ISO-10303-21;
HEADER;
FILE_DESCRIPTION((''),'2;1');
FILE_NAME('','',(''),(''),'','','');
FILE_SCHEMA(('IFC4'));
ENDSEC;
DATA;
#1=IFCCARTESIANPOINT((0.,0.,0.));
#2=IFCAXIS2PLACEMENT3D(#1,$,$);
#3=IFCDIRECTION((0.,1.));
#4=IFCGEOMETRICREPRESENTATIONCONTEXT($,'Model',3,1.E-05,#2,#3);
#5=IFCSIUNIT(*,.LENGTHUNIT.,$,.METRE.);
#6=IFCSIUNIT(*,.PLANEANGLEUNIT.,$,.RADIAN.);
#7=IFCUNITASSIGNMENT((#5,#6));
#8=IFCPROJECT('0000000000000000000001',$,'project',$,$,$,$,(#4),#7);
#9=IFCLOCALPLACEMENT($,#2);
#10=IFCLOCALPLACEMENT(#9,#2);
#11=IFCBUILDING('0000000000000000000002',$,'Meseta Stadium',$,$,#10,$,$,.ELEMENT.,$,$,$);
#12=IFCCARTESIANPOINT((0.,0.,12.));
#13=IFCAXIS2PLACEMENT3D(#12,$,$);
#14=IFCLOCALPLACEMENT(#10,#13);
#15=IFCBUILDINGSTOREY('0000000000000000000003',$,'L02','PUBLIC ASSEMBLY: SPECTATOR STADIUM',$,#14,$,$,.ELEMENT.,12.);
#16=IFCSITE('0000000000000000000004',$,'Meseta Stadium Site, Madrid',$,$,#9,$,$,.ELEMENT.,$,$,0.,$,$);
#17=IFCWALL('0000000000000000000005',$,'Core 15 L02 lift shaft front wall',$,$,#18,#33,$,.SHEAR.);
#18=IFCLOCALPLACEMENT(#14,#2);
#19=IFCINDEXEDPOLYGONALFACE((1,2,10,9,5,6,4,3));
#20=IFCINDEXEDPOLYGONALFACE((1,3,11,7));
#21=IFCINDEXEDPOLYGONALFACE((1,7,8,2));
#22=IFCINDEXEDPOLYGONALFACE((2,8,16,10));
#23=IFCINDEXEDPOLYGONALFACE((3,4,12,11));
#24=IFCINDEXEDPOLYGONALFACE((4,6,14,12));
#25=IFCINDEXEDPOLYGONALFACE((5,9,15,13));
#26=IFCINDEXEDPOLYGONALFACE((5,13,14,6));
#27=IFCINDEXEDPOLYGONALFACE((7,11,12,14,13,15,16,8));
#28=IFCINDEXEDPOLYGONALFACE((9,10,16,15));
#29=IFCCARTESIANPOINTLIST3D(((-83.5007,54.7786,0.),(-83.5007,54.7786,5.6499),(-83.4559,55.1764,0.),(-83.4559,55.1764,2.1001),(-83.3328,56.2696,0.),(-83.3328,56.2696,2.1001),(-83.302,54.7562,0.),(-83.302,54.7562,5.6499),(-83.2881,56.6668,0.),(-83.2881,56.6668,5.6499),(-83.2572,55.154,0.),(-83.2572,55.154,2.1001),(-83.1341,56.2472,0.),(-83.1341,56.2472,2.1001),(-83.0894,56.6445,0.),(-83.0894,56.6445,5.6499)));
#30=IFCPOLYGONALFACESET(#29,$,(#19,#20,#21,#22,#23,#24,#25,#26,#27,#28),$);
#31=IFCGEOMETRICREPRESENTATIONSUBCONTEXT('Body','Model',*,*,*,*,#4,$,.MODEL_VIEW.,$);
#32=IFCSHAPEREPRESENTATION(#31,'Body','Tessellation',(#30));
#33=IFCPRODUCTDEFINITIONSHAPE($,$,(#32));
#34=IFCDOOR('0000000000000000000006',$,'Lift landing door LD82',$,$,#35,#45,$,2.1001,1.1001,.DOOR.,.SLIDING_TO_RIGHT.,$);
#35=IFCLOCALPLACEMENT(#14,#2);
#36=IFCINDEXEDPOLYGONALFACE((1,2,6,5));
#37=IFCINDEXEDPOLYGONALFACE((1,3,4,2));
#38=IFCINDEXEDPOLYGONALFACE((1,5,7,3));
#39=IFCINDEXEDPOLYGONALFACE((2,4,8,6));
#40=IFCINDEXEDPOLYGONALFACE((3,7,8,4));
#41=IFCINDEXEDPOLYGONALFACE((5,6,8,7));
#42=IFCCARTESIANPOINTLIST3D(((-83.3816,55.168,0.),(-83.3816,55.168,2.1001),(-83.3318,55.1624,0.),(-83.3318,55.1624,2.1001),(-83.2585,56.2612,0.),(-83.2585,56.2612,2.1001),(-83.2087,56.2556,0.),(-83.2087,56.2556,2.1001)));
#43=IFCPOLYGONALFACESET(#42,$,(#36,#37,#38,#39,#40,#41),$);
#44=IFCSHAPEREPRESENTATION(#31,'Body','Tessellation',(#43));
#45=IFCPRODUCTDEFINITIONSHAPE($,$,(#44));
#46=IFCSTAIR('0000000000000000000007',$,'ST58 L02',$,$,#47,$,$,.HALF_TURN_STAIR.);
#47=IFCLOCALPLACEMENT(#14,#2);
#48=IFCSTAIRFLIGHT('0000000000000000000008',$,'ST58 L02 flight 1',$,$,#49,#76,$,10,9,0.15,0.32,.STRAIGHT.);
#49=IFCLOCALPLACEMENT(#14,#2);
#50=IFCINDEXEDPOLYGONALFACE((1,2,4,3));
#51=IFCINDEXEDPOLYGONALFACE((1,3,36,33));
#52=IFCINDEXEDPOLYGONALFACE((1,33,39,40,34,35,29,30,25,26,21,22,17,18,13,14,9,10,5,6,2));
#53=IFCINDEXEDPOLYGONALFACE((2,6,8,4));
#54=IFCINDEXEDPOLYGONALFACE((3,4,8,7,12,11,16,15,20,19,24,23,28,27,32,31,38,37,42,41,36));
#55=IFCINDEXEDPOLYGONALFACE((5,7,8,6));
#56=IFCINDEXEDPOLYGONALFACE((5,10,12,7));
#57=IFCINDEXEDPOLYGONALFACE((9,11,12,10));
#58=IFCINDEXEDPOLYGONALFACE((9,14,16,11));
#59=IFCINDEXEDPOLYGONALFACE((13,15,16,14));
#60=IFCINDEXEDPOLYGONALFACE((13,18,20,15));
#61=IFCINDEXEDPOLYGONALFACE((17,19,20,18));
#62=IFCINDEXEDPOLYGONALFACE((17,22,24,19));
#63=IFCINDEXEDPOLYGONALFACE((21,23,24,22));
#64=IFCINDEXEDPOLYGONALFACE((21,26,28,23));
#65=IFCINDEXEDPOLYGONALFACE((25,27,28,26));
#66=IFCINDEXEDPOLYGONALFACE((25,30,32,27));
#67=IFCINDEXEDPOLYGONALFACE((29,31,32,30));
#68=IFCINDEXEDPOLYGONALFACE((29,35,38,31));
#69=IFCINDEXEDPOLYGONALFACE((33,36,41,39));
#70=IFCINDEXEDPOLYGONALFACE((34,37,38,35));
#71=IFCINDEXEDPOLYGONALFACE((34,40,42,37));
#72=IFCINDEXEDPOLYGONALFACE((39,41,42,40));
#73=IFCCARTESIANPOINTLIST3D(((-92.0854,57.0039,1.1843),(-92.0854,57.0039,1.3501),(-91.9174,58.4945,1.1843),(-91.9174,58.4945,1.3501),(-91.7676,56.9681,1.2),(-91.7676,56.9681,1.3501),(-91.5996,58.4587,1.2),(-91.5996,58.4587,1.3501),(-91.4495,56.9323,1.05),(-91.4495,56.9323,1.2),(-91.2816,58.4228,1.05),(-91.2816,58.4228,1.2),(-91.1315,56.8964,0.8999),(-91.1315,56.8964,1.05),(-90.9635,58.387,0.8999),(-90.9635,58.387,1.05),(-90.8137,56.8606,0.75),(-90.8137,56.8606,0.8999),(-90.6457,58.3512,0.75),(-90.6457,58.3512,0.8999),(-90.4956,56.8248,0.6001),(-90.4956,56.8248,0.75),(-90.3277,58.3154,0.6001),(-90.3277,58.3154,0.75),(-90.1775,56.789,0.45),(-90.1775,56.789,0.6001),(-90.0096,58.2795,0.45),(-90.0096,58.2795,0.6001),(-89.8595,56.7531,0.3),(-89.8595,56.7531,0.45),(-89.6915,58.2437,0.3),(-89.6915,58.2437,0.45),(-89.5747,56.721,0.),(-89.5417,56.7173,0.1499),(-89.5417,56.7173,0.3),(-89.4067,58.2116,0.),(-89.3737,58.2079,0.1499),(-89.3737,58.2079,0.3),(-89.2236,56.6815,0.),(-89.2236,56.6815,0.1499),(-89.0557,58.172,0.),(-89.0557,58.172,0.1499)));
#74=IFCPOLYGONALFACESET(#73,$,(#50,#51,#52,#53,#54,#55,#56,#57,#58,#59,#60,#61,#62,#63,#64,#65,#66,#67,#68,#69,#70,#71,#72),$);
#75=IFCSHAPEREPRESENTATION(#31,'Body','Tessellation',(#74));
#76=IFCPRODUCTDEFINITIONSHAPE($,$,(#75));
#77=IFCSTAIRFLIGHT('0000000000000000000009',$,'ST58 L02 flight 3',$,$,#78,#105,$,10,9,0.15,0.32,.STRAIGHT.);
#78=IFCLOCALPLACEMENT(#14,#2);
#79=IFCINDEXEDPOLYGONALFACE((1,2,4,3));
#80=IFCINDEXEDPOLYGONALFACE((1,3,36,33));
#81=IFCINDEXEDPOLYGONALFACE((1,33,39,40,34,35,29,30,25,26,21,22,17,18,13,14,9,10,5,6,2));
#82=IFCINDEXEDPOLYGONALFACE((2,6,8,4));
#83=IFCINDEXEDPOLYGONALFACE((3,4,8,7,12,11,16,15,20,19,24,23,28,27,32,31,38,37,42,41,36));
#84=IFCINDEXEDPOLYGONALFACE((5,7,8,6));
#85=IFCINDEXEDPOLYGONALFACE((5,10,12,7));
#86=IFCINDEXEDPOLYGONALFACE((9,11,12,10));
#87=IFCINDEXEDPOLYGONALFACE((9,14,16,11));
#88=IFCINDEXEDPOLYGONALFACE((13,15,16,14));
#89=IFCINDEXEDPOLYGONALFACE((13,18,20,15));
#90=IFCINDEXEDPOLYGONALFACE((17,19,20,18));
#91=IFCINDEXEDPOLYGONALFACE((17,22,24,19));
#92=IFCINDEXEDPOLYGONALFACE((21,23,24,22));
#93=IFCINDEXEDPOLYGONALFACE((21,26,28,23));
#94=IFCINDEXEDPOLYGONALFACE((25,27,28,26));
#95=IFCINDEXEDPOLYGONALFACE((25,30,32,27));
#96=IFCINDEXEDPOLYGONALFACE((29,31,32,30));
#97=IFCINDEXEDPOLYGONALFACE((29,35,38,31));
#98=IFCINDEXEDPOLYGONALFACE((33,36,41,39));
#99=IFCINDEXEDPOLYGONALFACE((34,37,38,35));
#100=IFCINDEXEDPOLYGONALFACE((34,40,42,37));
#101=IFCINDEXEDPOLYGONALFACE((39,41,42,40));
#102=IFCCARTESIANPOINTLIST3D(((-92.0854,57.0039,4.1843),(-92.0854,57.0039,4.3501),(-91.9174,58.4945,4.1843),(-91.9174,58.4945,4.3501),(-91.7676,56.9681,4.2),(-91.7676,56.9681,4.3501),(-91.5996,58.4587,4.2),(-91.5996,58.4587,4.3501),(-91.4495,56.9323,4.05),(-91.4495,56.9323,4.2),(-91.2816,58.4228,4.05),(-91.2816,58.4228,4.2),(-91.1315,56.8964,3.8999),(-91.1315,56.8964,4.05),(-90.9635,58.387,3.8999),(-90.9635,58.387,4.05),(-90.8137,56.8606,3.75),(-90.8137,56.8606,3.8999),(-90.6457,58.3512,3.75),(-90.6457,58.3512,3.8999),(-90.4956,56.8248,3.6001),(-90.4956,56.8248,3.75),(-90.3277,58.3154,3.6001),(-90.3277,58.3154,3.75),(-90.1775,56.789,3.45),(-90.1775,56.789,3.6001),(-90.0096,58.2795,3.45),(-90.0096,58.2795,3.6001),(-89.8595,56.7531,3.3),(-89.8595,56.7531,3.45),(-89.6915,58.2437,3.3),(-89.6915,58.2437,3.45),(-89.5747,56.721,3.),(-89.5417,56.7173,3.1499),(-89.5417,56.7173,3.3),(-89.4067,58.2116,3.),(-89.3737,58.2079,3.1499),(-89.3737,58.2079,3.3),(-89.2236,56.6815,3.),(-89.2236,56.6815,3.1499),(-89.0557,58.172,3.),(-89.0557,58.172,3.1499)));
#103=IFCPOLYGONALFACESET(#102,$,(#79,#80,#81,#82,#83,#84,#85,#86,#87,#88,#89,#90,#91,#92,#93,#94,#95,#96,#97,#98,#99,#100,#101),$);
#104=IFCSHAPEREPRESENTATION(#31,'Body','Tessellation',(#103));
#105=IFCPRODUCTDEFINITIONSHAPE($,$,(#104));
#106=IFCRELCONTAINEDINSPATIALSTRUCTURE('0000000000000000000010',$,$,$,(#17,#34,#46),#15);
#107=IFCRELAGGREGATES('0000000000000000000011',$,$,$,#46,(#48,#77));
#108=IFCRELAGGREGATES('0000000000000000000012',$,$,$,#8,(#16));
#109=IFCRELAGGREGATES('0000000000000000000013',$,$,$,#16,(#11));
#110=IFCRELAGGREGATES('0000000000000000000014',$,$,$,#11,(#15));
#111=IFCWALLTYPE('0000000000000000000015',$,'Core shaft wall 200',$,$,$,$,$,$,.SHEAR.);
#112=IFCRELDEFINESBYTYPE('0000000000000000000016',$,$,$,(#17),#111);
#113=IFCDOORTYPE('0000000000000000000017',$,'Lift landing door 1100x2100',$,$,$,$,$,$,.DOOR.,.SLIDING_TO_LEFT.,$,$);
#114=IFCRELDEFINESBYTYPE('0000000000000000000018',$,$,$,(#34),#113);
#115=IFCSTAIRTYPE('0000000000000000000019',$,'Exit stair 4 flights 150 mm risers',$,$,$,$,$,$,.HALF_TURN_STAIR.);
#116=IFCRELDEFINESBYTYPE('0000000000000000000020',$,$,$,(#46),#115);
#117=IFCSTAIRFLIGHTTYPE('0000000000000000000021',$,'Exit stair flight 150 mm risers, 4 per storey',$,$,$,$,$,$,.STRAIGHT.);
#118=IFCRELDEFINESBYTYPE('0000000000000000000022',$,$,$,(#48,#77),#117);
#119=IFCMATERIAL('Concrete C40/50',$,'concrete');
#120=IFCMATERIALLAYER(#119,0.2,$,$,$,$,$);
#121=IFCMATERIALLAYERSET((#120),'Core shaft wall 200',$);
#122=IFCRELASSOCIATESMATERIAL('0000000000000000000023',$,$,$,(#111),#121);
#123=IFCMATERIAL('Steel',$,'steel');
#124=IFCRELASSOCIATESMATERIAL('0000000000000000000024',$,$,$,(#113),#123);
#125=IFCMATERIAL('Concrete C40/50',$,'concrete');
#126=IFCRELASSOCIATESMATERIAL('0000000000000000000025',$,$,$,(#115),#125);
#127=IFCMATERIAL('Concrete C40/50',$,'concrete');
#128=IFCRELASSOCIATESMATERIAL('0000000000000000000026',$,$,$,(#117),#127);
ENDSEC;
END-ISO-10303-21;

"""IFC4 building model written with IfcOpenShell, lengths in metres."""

from ifc_helpers import new_model, si_unit, direction, frame, frame_2d, origin, place, context, subcontext, project, spatial, polyline, rectangle, outline, extrude, material, layer, layer_set, type_object, element, fill, aggregate, save


model = new_model("IFC4")

# Units and contexts
model_context = context("Model", 3, precision=1e-05, world=origin(), true_north=direction((0.0, 1.0)))
body_context = subcontext(model_context, "Body", "Model", "MODEL_VIEW")
ifc_project = project(units=[si_unit("LENGTHUNIT", "METRE"), si_unit("PLANEANGLEUNIT", "RADIAN")], contexts=[model_context])

# Site, building, storey
site_placement = place(None, origin())
site = spatial("IfcSite", under=ifc_project, at=site_placement, Name="Meseta Stadium Site, Madrid", CompositionType="ELEMENT", RefElevation=0.0)
building_placement = place(site_placement, origin())
building = spatial("IfcBuilding", under=site, at=building_placement, Name="Meseta Stadium", CompositionType="ELEMENT")
storey_placement = place(building_placement, frame((0.0, 0.0, 12.0)))
storey = spatial("IfcBuildingStorey", under=building, at=storey_placement, Name="L02", Description="PUBLIC ASSEMBLY: SPECTATOR STADIUM", CompositionType="ELEMENT", Elevation=12.0)

# Shared definitions
ifc_material_1 = material(Name="Concrete C40/50", Category="concrete")
ifc_layer = layer(ifc_material_1, 0.2)
ifc_layer_set = layer_set([ifc_layer], Name="Core shaft wall 200")
wall_type = type_object("IfcWallType", Name="Core shaft wall 200", PredefinedType="SHEAR", material=ifc_layer_set)

# Wall, opening, door
wall_1_placement = place(storey_placement, frame((-83.1887, 56.6558, 0.0), z_axis=(0.0, 0.0, 1.0), x_axis=(-0.111912, -0.993718, 0.0)))
wall_1 = element("IfcWall", 1, at=wall_1_placement, inside=storey, type_object=wall_type, Name="Core 15 L02 lift shaft front wall", PredefinedType="SHEAR", context=body_context, shape_type="SweptSolid", body=[
    extrude(rectangle(XDim=1.9001, YDim=0.2, at=frame_2d((0.9502, 0.0))), origin(), (0.0, 0.0, 1.0), 5.6499),
])
opening_1_placement = place(wall_1_placement, frame((0.3999, 0.0, 0.0)))
opening_1 = element("IfcOpeningElement", 2, at=opening_1_placement, cuts=wall_1, PredefinedType="OPENING", context=body_context, shape_type="SweptSolid", body=[
    extrude(rectangle(XDim=1.1001, YDim=2.1001, at=frame_2d((0.55, 1.05))), frame((0.0, 0.1099, 0.0), z_axis=(0.0, -1.0, 0.0), x_axis=(1.0, 0.0, 0.0)), (0.0, 0.0, 1.0), 0.22),
])
ifc_material_2 = material(Name="Steel", Category="steel")
door_type_1 = type_object("IfcDoorType", Name="Lift landing door 1100x2100", OperationType="SLIDING_TO_LEFT", PredefinedType="DOOR", material=ifc_material_2)
door_1_placement = place(opening_1_placement, origin())
door_1 = element("IfcDoor", 3, at=door_1_placement, inside=storey, type_object=door_type_1, Name="Lift landing door LD82", OperationType="SLIDING_TO_RIGHT", OverallHeight=2.1001, OverallWidth=1.1001, PredefinedType="DOOR", context=body_context, shape_type="SweptSolid", body=[
    extrude(rectangle(XDim=1.1001, YDim=2.1001, at=frame_2d((0.55, 1.05))), frame((0.0, 0.0249, 0.0), z_axis=(0.0, -1.0, 0.0), x_axis=(1.0, 0.0, 0.0)), (0.0, 0.0, 1.0), 0.05),
])
fill(opening_1, door_1)

# Stair, stair flights
ifc_material_3 = material(Name="Concrete C40/50", Category="concrete")
stair_type = type_object("IfcStairType", Name="Exit stair 4 flights 150 mm risers", PredefinedType="HALF_TURN_STAIR", material=ifc_material_3)
stair_placement = place(storey_placement, origin())
stair = element("IfcStair", 4, at=stair_placement, inside=storey, type_object=stair_type, Name="ST58 L02", PredefinedType="HALF_TURN_STAIR")
ifc_material_4 = material(Name="Concrete C40/50", Category="concrete")
stair_flight_type = type_object("IfcStairFlightType", Name="Exit stair flight 150 mm risers, 4 per storey", PredefinedType="STRAIGHT", material=ifc_material_4)
stair_flight_1_placement = place(storey_placement, frame((-89.1396, 57.4268, 0.0), z_axis=(0.0, 0.0, 1.0), x_axis=(-0.993712, 0.111964, 0.0)))
stair_flight_1 = element("IfcStairFlight", 5, at=stair_flight_1_placement, type_object=stair_flight_type, Name="ST58 L02 flight 1", NumberOfRisers=10, NumberOfTreads=9, PredefinedType="STRAIGHT", RiserHeight=0.15, TreadLength=0.32, context=body_context, shape_type="SweptSolid", body=[
    extrude(outline(polyline([(0.0, 0.0), (0.0, 0.1499), (0.3201, 0.1499), (0.3201, 0.3), (0.6399, 0.3), (0.6399, 0.45), (0.96, 0.45), (0.96, 0.6001), (1.28, 0.6001), (1.28, 0.75), (1.6001, 0.75), (1.6001, 0.8999), (1.9199, 0.8999), (1.9199, 1.05), (2.24, 1.05), (2.24, 1.2), (2.5601, 1.2), (2.5601, 1.3501), (2.8799, 1.3501), (2.8799, 1.1843), (0.3533, 0.0), (0.0, 0.0)])), frame((0.0, 0.75, 0.0), z_axis=(0.0, -1.0, 0.0), x_axis=(1.0, 0.0, 0.0)), (0.0, 0.0, 1.0), 1.5),
])
stair_flight_2_placement = place(storey_placement, frame((-89.1396, 57.4268, 3.0), z_axis=(0.0, 0.0, 1.0), x_axis=(-0.993712, 0.111964, 0.0)))
stair_flight_2 = element("IfcStairFlight", 6, at=stair_flight_2_placement, type_object=stair_flight_type, Name="ST58 L02 flight 3", NumberOfRisers=10, NumberOfTreads=9, PredefinedType="STRAIGHT", RiserHeight=0.15, TreadLength=0.32, context=body_context, shape_type="SweptSolid", body=[
    extrude(outline(polyline([(0.0, 0.0), (0.0, 0.1499), (0.3201, 0.1499), (0.3201, 0.3), (0.6399, 0.3), (0.6399, 0.45), (0.96, 0.45), (0.96, 0.6001), (1.28, 0.6001), (1.28, 0.75), (1.6001, 0.75), (1.6001, 0.8999), (1.9199, 0.8999), (1.9199, 1.05), (2.24, 1.05), (2.24, 1.2), (2.5601, 1.2), (2.5601, 1.3501), (2.8799, 1.3501), (2.8799, 1.1843), (0.3533, 0.0), (0.0, 0.0)])), frame((0.0, 0.75, 0.0), z_axis=(0.0, -1.0, 0.0), x_axis=(1.0, 0.0, 0.0)), (0.0, 0.0, 1.0), 1.5),
])
aggregate(stair, [stair_flight_1, stair_flight_2])

save(model, "model.ifc")
